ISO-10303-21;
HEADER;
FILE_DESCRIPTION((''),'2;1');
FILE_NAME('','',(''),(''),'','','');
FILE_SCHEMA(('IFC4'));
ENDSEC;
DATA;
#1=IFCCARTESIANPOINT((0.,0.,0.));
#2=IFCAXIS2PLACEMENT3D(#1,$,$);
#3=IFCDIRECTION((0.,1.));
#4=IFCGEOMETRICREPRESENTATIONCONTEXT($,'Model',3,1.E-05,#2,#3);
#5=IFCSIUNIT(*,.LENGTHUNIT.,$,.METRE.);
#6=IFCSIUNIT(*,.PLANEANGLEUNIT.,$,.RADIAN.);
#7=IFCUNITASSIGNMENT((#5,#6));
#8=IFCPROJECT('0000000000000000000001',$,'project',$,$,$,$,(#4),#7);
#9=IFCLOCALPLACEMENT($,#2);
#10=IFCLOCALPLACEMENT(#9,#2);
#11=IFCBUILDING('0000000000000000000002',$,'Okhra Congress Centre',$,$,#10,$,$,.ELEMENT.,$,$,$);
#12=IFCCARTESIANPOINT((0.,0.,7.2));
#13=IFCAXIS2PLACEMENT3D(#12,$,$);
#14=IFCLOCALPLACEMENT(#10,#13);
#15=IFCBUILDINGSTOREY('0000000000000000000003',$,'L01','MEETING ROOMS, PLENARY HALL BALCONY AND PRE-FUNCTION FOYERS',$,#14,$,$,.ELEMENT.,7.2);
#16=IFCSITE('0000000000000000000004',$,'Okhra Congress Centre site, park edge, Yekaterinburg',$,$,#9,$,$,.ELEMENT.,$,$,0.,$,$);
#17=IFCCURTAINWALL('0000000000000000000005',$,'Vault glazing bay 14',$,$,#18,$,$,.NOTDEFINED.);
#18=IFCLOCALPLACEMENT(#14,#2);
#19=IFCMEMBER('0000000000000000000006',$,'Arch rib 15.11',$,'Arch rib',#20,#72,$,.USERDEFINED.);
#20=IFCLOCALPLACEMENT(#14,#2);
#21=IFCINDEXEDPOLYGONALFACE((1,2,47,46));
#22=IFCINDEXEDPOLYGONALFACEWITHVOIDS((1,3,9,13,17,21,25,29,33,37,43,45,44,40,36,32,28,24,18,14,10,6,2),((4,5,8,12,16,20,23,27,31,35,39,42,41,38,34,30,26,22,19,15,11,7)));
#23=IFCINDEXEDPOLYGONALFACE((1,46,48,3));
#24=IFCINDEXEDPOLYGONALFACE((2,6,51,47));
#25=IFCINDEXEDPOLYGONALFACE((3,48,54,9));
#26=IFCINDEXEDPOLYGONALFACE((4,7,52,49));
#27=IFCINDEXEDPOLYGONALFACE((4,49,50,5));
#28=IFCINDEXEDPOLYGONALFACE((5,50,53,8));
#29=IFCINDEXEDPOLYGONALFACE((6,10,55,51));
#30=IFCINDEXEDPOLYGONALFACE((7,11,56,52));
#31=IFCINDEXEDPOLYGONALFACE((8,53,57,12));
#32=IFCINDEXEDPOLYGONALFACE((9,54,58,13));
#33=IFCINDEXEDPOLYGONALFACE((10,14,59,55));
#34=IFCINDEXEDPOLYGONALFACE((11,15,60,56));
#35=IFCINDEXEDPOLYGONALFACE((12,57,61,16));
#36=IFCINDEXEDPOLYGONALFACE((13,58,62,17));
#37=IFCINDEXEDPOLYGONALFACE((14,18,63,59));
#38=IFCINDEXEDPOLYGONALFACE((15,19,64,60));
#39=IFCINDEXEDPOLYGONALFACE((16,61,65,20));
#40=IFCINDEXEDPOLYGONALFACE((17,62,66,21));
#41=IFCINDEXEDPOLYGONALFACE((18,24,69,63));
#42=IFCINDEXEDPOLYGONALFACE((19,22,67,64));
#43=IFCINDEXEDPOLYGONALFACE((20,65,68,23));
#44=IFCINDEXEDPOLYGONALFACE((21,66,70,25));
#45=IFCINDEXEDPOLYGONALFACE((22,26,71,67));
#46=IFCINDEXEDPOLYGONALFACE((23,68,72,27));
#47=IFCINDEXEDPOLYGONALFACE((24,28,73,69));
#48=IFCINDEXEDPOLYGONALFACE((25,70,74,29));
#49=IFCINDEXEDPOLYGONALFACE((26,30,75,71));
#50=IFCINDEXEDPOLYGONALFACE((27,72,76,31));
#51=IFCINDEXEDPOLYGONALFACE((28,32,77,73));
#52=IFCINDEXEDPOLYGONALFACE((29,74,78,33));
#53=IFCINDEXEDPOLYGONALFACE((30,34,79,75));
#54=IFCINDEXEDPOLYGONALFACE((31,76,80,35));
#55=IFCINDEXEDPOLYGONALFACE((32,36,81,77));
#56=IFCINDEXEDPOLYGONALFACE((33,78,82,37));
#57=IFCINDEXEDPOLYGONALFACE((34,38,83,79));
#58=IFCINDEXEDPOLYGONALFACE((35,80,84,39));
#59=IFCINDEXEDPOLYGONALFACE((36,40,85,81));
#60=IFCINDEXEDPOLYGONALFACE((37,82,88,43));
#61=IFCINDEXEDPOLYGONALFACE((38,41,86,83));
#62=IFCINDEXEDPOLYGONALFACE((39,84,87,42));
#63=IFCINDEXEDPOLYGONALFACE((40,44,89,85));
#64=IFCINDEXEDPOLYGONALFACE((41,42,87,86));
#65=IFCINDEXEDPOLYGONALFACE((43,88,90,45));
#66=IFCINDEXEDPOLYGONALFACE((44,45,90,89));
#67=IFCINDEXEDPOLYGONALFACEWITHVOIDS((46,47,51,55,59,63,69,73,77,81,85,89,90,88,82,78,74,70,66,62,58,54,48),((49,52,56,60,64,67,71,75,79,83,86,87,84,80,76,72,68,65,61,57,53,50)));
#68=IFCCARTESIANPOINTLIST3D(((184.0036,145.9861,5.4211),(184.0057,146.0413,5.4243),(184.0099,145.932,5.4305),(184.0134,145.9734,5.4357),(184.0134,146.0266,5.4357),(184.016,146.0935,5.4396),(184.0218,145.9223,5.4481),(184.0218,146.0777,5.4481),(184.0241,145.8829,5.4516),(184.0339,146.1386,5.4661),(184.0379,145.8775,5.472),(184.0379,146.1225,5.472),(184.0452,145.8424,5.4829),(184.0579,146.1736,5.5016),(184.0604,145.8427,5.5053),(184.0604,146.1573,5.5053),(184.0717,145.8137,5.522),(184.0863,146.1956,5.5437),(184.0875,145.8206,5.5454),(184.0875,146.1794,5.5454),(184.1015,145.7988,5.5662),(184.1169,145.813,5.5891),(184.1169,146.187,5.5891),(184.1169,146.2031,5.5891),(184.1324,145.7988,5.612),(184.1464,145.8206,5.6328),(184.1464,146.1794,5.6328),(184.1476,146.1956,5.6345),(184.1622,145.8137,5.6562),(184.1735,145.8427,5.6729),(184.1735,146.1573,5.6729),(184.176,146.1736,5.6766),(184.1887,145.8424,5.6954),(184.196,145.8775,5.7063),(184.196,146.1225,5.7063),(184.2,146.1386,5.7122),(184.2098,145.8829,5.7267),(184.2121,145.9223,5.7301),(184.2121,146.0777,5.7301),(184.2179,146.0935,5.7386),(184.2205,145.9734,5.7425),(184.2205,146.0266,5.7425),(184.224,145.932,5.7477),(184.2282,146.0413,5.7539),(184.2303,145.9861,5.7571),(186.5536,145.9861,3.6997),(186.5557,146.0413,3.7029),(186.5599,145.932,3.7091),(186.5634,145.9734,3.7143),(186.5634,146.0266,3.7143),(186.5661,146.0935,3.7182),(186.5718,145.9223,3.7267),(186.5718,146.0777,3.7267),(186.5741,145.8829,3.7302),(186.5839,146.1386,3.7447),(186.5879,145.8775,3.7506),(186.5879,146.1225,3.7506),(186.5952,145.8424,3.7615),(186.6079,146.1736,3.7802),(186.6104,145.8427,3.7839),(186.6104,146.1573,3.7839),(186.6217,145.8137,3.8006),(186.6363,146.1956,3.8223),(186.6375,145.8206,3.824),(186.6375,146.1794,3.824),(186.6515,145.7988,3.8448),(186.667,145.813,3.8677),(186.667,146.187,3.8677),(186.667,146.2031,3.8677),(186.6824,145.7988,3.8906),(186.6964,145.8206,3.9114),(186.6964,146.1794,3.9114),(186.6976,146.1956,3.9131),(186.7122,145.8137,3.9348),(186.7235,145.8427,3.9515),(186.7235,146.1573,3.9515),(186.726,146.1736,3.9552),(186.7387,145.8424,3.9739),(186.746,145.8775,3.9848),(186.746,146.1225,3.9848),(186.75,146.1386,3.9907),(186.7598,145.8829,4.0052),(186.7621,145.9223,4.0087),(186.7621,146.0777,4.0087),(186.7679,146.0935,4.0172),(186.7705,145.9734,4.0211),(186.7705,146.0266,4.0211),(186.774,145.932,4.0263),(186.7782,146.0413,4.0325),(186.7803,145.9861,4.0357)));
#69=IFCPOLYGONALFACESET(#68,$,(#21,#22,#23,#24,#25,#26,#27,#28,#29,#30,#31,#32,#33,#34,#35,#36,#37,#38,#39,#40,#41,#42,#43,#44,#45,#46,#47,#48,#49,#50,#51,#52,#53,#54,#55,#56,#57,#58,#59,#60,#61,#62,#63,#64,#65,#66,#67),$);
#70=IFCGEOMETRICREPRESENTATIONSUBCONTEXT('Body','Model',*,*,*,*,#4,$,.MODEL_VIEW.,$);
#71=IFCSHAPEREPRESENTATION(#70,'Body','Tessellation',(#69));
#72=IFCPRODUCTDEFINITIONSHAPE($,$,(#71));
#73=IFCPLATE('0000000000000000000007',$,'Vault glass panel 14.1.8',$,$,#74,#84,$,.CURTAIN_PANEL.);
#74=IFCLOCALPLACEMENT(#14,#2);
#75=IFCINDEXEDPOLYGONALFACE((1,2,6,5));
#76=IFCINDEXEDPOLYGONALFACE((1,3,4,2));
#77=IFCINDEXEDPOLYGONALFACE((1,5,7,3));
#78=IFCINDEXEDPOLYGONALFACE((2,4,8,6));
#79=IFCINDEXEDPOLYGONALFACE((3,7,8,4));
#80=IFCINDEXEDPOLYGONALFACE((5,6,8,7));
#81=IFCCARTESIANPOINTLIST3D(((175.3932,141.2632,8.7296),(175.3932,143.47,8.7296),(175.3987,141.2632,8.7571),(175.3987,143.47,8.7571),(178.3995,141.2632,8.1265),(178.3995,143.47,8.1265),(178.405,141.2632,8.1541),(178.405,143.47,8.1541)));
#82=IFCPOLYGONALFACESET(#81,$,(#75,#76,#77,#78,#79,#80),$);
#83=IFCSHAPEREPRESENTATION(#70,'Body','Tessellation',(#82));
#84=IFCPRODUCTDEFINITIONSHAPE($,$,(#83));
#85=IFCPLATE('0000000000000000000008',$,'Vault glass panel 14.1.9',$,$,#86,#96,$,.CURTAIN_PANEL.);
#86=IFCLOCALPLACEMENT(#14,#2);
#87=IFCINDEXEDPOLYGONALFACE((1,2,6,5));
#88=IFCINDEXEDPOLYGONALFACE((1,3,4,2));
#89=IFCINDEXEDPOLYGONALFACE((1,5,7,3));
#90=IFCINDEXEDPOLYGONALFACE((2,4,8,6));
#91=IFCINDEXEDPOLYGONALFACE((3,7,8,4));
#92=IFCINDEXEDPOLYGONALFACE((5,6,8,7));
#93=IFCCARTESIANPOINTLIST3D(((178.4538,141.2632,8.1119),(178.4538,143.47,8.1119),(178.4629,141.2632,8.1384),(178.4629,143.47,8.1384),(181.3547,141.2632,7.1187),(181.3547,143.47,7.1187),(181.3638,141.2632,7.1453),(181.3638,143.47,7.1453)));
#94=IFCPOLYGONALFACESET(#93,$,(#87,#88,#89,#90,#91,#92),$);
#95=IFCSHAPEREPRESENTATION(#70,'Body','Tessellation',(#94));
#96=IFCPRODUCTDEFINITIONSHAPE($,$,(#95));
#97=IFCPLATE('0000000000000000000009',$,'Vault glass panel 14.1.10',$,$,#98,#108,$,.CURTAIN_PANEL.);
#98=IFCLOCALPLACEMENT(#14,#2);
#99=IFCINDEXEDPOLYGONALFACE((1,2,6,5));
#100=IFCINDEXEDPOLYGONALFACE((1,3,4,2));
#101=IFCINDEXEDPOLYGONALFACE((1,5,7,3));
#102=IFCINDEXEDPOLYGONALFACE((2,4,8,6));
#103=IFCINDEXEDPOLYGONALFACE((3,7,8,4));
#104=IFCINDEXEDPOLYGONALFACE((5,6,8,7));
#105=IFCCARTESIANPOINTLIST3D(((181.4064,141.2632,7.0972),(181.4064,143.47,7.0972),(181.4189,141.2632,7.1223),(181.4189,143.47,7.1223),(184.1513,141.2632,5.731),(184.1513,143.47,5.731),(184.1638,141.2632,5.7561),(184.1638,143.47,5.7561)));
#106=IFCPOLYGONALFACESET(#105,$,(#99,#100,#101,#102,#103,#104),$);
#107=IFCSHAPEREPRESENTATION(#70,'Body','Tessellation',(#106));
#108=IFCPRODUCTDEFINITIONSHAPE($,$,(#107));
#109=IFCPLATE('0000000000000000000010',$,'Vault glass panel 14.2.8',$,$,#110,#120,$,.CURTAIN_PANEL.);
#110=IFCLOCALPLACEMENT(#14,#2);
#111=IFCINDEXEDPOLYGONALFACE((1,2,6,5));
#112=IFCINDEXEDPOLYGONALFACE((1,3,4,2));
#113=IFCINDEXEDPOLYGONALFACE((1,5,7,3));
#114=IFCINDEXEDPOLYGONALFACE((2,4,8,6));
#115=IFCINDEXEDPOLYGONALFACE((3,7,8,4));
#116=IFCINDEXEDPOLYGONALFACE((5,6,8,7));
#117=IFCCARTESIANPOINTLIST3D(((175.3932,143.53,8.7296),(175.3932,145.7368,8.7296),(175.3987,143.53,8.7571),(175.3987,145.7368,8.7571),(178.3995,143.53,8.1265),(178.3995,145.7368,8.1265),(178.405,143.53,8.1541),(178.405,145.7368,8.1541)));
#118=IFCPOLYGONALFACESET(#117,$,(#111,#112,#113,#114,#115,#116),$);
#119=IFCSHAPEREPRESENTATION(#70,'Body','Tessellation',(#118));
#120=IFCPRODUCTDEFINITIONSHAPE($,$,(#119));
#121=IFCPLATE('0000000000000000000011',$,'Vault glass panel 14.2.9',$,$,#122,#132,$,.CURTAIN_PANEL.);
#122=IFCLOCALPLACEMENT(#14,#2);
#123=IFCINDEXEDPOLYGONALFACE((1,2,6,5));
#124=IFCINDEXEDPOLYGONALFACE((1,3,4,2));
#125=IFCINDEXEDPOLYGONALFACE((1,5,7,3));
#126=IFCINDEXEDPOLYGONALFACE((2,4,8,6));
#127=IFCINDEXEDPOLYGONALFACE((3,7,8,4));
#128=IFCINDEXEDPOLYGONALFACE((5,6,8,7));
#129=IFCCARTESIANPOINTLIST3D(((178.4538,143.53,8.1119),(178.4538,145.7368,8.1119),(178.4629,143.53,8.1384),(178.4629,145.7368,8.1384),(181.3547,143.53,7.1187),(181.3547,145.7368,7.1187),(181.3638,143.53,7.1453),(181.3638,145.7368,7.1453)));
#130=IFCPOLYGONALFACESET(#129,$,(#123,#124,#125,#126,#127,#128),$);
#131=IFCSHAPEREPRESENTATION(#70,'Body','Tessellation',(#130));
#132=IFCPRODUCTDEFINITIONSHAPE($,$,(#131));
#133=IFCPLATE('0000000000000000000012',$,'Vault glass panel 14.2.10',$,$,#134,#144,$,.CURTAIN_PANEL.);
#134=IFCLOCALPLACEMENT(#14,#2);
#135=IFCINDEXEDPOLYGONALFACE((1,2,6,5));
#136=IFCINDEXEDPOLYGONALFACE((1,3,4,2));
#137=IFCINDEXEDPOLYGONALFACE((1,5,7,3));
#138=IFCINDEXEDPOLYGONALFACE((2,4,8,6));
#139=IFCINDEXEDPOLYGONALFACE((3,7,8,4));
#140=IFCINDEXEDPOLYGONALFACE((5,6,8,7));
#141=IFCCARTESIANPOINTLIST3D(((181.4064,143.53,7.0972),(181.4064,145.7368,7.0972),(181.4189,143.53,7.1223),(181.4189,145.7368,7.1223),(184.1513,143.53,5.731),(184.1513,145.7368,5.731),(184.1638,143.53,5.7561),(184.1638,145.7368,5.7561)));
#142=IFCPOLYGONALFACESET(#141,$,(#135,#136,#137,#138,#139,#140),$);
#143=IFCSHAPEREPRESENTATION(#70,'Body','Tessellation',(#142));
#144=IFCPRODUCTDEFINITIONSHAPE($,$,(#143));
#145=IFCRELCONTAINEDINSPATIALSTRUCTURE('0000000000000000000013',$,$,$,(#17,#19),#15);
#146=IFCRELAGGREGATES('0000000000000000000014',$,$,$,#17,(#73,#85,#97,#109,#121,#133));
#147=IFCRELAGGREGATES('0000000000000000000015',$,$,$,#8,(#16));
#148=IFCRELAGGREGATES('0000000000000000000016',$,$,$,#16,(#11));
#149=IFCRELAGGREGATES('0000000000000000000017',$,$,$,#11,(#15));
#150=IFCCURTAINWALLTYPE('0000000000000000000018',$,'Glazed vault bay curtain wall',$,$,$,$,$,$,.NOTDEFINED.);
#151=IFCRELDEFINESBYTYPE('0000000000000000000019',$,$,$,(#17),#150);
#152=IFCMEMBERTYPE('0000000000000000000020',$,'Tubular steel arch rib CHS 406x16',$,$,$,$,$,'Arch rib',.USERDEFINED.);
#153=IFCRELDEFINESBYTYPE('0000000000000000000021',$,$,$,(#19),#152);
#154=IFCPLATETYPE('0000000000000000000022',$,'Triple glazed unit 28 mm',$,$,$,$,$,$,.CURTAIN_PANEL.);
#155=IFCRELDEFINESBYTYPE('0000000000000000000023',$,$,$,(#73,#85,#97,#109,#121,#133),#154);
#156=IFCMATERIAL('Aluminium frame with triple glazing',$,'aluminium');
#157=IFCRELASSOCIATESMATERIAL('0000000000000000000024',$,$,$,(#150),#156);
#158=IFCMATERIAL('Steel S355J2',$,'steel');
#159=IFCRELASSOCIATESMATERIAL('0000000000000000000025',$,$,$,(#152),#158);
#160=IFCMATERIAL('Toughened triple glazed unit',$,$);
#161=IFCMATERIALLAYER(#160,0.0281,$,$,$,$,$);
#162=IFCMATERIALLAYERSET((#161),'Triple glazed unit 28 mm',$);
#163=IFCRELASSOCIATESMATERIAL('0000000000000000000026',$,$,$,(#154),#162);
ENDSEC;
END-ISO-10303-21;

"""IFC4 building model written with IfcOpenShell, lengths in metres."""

from ifc_helpers import new_model, si_unit, direction, frame, origin, origin_2d, place, context, subcontext, project, spatial, polyline, hollow_circle, outline, extrude, material, layer, layer_set, material_profile, profile_set, type_object, element, aggregate, save


model = new_model("IFC4")

# Units and contexts
model_context = context("Model", 3, precision=1e-05, world=origin(), true_north=direction((0.0, 1.0)))
body_context = subcontext(model_context, "Body", "Model", "MODEL_VIEW")
ifc_project = project(units=[si_unit("LENGTHUNIT", "METRE"), si_unit("PLANEANGLEUNIT", "RADIAN")], contexts=[model_context])

# Site, building, storey
site_placement = place(None, origin())
site = spatial("IfcSite", under=ifc_project, at=site_placement, Name="Okhra Congress Centre site, park edge, Yekaterinburg", CompositionType="ELEMENT", RefElevation=0.0)
building_placement = place(site_placement, origin())
building = spatial("IfcBuilding", under=site, at=building_placement, Name="Okhra Congress Centre", CompositionType="ELEMENT")
storey_placement = place(building_placement, frame((0.0, 0.0, 7.2)))
storey = spatial("IfcBuildingStorey", under=building, at=storey_placement, Name="L01", Description="MEETING ROOMS, PLENARY HALL BALCONY AND PRE-FUNCTION FOYERS", CompositionType="ELEMENT", Elevation=7.2)

# Curtain wall
ifc_material_1 = material(Name="Aluminium frame with triple glazing", Category="aluminium")
curtain_wall_type = type_object("IfcCurtainWallType", Name="Glazed vault bay curtain wall", PredefinedType="NOTDEFINED", material=ifc_material_1)
curtain_wall_1_placement = place(storey_placement, origin())
curtain_wall_1 = element("IfcCurtainWall", 1, at=curtain_wall_1_placement, inside=storey, type_object=curtain_wall_type, Name="Vault glazing bay 14", PredefinedType="NOTDEFINED")

# Member
ifc_material_2 = material(Name="Steel S355J2", Category="steel")
ifc_material_profile_1 = material_profile(ifc_material_2, hollow_circle(Radius=0.2031, WallThickness=0.0161, at=origin_2d()), Name="CHS 406.4x16")
ifc_profile_set_1 = profile_set([ifc_material_profile_1], Name="Steel S355J2")
member_type_1 = type_object("IfcMemberType", Name="Tubular steel arch rib CHS 406x16", ElementType="Arch rib", PredefinedType="USERDEFINED", material=ifc_profile_set_1)
member_1_placement = place(storey_placement, frame((184.1169, 146.0, 5.5891), z_axis=(0.828826, 0.0, -0.559507), x_axis=(0.0, 1.0, 0.0)))
element("IfcMember", 2, at=member_1_placement, inside=storey, type_object=member_type_1, Name="Arch rib 15.11", ObjectType="Arch rib", PredefinedType="USERDEFINED", context=body_context, shape_type="SweptSolid", body=[
    extrude(hollow_circle(Radius=0.2031, WallThickness=0.0161, at=origin_2d()), origin(), (0.0, 0.0, 1.0), 3.0767),
])

# Plates
ifc_material_3 = material(Name="Toughened triple glazed unit")
ifc_layer = layer(ifc_material_3, 0.0281)
ifc_layer_set = layer_set([ifc_layer], Name="Triple glazed unit 28 mm")
plate_type = type_object("IfcPlateType", Name="Triple glazed unit 28 mm", PredefinedType="CURTAIN_PANEL", material=ifc_layer_set)
plate_1_placement = place(storey_placement, frame((175.3987, 141.2632, 8.7571), z_axis=(0.196667, 0.0, 0.98047), x_axis=(0.98047, 0.0, -0.196667)))
plate_1 = element("IfcPlate", 3, at=plate_1_placement, type_object=plate_type, Name="Vault glass panel 14.1.8", PredefinedType="CURTAIN_PANEL", context=body_context, shape_type="SweptSolid", body=[
    extrude(outline(polyline([(0.0, 0.0), (3.0662, 0.0), (3.0662, 2.2068), (0.0, 2.2068), (0.0, 0.0)])), origin(), (0.0, 0.0, -1.0), 0.0281),
])
plate_2_placement = place(storey_placement, frame((178.4629, 141.2632, 8.1384), z_axis=(0.323909, 0.0, 0.946088), x_axis=(0.946088, 0.0, -0.323909)))
plate_2 = element("IfcPlate", 4, at=plate_2_placement, type_object=plate_type, Name="Vault glass panel 14.1.9", PredefinedType="CURTAIN_PANEL", context=body_context, shape_type="SweptSolid", body=[
    extrude(outline(polyline([(0.0, 0.0), (3.0662, 0.0), (3.0662, 2.2068), (0.0, 2.2068), (0.0, 0.0)])), origin(), (0.0, 0.0, -1.0), 0.0281),
])
plate_3_placement = place(storey_placement, frame((181.4189, 141.2632, 7.1223), z_axis=(0.445588, 0.0, 0.895238), x_axis=(0.895238, 0.0, -0.445588)))
plate_3 = element("IfcPlate", 5, at=plate_3_placement, type_object=plate_type, Name="Vault glass panel 14.1.10", PredefinedType="CURTAIN_PANEL", context=body_context, shape_type="SweptSolid", body=[
    extrude(outline(polyline([(0.0, 0.0), (3.0661, 0.0), (3.0661, 2.2068), (0.0, 2.2068), (0.0, 0.0)])), origin(), (0.0, 0.0, -1.0), 0.0281),
])
plate_4_placement = place(storey_placement, frame((175.3987, 143.53, 8.7571), z_axis=(0.196667, 0.0, 0.98047), x_axis=(0.98047, 0.0, -0.196667)))
plate_4 = element("IfcPlate", 6, at=plate_4_placement, type_object=plate_type, Name="Vault glass panel 14.2.8", PredefinedType="CURTAIN_PANEL", context=body_context, shape_type="SweptSolid", body=[
    extrude(outline(polyline([(0.0, 0.0), (3.0662, 0.0), (3.0662, 2.2068), (0.0, 2.2068), (0.0, 0.0)])), origin(), (0.0, 0.0, -1.0), 0.0281),
])
plate_5_placement = place(storey_placement, frame((178.4629, 143.53, 8.1384), z_axis=(0.323909, 0.0, 0.946088), x_axis=(0.946088, 0.0, -0.323909)))
plate_5 = element("IfcPlate", 7, at=plate_5_placement, type_object=plate_type, Name="Vault glass panel 14.2.9", PredefinedType="CURTAIN_PANEL", context=body_context, shape_type="SweptSolid", body=[
    extrude(outline(polyline([(0.0, 0.0), (3.0662, 0.0), (3.0662, 2.2068), (0.0, 2.2068), (0.0, 0.0)])), origin(), (0.0, 0.0, -1.0), 0.0281),
])
plate_6_placement = place(storey_placement, frame((181.4189, 143.53, 7.1223), z_axis=(0.445588, 0.0, 0.895238), x_axis=(0.895238, 0.0, -0.445588)))
plate_6 = element("IfcPlate", 8, at=plate_6_placement, type_object=plate_type, Name="Vault glass panel 14.2.10", PredefinedType="CURTAIN_PANEL", context=body_context, shape_type="SweptSolid", body=[
    extrude(outline(polyline([(0.0, 0.0), (3.0661, 0.0), (3.0661, 2.2068), (0.0, 2.2068), (0.0, 0.0)])), origin(), (0.0, 0.0, -1.0), 0.0281),
])
aggregate(curtain_wall_1, [plate_1, plate_2, plate_3, plate_4, plate_5, plate_6])

save(model, "model.ifc")
